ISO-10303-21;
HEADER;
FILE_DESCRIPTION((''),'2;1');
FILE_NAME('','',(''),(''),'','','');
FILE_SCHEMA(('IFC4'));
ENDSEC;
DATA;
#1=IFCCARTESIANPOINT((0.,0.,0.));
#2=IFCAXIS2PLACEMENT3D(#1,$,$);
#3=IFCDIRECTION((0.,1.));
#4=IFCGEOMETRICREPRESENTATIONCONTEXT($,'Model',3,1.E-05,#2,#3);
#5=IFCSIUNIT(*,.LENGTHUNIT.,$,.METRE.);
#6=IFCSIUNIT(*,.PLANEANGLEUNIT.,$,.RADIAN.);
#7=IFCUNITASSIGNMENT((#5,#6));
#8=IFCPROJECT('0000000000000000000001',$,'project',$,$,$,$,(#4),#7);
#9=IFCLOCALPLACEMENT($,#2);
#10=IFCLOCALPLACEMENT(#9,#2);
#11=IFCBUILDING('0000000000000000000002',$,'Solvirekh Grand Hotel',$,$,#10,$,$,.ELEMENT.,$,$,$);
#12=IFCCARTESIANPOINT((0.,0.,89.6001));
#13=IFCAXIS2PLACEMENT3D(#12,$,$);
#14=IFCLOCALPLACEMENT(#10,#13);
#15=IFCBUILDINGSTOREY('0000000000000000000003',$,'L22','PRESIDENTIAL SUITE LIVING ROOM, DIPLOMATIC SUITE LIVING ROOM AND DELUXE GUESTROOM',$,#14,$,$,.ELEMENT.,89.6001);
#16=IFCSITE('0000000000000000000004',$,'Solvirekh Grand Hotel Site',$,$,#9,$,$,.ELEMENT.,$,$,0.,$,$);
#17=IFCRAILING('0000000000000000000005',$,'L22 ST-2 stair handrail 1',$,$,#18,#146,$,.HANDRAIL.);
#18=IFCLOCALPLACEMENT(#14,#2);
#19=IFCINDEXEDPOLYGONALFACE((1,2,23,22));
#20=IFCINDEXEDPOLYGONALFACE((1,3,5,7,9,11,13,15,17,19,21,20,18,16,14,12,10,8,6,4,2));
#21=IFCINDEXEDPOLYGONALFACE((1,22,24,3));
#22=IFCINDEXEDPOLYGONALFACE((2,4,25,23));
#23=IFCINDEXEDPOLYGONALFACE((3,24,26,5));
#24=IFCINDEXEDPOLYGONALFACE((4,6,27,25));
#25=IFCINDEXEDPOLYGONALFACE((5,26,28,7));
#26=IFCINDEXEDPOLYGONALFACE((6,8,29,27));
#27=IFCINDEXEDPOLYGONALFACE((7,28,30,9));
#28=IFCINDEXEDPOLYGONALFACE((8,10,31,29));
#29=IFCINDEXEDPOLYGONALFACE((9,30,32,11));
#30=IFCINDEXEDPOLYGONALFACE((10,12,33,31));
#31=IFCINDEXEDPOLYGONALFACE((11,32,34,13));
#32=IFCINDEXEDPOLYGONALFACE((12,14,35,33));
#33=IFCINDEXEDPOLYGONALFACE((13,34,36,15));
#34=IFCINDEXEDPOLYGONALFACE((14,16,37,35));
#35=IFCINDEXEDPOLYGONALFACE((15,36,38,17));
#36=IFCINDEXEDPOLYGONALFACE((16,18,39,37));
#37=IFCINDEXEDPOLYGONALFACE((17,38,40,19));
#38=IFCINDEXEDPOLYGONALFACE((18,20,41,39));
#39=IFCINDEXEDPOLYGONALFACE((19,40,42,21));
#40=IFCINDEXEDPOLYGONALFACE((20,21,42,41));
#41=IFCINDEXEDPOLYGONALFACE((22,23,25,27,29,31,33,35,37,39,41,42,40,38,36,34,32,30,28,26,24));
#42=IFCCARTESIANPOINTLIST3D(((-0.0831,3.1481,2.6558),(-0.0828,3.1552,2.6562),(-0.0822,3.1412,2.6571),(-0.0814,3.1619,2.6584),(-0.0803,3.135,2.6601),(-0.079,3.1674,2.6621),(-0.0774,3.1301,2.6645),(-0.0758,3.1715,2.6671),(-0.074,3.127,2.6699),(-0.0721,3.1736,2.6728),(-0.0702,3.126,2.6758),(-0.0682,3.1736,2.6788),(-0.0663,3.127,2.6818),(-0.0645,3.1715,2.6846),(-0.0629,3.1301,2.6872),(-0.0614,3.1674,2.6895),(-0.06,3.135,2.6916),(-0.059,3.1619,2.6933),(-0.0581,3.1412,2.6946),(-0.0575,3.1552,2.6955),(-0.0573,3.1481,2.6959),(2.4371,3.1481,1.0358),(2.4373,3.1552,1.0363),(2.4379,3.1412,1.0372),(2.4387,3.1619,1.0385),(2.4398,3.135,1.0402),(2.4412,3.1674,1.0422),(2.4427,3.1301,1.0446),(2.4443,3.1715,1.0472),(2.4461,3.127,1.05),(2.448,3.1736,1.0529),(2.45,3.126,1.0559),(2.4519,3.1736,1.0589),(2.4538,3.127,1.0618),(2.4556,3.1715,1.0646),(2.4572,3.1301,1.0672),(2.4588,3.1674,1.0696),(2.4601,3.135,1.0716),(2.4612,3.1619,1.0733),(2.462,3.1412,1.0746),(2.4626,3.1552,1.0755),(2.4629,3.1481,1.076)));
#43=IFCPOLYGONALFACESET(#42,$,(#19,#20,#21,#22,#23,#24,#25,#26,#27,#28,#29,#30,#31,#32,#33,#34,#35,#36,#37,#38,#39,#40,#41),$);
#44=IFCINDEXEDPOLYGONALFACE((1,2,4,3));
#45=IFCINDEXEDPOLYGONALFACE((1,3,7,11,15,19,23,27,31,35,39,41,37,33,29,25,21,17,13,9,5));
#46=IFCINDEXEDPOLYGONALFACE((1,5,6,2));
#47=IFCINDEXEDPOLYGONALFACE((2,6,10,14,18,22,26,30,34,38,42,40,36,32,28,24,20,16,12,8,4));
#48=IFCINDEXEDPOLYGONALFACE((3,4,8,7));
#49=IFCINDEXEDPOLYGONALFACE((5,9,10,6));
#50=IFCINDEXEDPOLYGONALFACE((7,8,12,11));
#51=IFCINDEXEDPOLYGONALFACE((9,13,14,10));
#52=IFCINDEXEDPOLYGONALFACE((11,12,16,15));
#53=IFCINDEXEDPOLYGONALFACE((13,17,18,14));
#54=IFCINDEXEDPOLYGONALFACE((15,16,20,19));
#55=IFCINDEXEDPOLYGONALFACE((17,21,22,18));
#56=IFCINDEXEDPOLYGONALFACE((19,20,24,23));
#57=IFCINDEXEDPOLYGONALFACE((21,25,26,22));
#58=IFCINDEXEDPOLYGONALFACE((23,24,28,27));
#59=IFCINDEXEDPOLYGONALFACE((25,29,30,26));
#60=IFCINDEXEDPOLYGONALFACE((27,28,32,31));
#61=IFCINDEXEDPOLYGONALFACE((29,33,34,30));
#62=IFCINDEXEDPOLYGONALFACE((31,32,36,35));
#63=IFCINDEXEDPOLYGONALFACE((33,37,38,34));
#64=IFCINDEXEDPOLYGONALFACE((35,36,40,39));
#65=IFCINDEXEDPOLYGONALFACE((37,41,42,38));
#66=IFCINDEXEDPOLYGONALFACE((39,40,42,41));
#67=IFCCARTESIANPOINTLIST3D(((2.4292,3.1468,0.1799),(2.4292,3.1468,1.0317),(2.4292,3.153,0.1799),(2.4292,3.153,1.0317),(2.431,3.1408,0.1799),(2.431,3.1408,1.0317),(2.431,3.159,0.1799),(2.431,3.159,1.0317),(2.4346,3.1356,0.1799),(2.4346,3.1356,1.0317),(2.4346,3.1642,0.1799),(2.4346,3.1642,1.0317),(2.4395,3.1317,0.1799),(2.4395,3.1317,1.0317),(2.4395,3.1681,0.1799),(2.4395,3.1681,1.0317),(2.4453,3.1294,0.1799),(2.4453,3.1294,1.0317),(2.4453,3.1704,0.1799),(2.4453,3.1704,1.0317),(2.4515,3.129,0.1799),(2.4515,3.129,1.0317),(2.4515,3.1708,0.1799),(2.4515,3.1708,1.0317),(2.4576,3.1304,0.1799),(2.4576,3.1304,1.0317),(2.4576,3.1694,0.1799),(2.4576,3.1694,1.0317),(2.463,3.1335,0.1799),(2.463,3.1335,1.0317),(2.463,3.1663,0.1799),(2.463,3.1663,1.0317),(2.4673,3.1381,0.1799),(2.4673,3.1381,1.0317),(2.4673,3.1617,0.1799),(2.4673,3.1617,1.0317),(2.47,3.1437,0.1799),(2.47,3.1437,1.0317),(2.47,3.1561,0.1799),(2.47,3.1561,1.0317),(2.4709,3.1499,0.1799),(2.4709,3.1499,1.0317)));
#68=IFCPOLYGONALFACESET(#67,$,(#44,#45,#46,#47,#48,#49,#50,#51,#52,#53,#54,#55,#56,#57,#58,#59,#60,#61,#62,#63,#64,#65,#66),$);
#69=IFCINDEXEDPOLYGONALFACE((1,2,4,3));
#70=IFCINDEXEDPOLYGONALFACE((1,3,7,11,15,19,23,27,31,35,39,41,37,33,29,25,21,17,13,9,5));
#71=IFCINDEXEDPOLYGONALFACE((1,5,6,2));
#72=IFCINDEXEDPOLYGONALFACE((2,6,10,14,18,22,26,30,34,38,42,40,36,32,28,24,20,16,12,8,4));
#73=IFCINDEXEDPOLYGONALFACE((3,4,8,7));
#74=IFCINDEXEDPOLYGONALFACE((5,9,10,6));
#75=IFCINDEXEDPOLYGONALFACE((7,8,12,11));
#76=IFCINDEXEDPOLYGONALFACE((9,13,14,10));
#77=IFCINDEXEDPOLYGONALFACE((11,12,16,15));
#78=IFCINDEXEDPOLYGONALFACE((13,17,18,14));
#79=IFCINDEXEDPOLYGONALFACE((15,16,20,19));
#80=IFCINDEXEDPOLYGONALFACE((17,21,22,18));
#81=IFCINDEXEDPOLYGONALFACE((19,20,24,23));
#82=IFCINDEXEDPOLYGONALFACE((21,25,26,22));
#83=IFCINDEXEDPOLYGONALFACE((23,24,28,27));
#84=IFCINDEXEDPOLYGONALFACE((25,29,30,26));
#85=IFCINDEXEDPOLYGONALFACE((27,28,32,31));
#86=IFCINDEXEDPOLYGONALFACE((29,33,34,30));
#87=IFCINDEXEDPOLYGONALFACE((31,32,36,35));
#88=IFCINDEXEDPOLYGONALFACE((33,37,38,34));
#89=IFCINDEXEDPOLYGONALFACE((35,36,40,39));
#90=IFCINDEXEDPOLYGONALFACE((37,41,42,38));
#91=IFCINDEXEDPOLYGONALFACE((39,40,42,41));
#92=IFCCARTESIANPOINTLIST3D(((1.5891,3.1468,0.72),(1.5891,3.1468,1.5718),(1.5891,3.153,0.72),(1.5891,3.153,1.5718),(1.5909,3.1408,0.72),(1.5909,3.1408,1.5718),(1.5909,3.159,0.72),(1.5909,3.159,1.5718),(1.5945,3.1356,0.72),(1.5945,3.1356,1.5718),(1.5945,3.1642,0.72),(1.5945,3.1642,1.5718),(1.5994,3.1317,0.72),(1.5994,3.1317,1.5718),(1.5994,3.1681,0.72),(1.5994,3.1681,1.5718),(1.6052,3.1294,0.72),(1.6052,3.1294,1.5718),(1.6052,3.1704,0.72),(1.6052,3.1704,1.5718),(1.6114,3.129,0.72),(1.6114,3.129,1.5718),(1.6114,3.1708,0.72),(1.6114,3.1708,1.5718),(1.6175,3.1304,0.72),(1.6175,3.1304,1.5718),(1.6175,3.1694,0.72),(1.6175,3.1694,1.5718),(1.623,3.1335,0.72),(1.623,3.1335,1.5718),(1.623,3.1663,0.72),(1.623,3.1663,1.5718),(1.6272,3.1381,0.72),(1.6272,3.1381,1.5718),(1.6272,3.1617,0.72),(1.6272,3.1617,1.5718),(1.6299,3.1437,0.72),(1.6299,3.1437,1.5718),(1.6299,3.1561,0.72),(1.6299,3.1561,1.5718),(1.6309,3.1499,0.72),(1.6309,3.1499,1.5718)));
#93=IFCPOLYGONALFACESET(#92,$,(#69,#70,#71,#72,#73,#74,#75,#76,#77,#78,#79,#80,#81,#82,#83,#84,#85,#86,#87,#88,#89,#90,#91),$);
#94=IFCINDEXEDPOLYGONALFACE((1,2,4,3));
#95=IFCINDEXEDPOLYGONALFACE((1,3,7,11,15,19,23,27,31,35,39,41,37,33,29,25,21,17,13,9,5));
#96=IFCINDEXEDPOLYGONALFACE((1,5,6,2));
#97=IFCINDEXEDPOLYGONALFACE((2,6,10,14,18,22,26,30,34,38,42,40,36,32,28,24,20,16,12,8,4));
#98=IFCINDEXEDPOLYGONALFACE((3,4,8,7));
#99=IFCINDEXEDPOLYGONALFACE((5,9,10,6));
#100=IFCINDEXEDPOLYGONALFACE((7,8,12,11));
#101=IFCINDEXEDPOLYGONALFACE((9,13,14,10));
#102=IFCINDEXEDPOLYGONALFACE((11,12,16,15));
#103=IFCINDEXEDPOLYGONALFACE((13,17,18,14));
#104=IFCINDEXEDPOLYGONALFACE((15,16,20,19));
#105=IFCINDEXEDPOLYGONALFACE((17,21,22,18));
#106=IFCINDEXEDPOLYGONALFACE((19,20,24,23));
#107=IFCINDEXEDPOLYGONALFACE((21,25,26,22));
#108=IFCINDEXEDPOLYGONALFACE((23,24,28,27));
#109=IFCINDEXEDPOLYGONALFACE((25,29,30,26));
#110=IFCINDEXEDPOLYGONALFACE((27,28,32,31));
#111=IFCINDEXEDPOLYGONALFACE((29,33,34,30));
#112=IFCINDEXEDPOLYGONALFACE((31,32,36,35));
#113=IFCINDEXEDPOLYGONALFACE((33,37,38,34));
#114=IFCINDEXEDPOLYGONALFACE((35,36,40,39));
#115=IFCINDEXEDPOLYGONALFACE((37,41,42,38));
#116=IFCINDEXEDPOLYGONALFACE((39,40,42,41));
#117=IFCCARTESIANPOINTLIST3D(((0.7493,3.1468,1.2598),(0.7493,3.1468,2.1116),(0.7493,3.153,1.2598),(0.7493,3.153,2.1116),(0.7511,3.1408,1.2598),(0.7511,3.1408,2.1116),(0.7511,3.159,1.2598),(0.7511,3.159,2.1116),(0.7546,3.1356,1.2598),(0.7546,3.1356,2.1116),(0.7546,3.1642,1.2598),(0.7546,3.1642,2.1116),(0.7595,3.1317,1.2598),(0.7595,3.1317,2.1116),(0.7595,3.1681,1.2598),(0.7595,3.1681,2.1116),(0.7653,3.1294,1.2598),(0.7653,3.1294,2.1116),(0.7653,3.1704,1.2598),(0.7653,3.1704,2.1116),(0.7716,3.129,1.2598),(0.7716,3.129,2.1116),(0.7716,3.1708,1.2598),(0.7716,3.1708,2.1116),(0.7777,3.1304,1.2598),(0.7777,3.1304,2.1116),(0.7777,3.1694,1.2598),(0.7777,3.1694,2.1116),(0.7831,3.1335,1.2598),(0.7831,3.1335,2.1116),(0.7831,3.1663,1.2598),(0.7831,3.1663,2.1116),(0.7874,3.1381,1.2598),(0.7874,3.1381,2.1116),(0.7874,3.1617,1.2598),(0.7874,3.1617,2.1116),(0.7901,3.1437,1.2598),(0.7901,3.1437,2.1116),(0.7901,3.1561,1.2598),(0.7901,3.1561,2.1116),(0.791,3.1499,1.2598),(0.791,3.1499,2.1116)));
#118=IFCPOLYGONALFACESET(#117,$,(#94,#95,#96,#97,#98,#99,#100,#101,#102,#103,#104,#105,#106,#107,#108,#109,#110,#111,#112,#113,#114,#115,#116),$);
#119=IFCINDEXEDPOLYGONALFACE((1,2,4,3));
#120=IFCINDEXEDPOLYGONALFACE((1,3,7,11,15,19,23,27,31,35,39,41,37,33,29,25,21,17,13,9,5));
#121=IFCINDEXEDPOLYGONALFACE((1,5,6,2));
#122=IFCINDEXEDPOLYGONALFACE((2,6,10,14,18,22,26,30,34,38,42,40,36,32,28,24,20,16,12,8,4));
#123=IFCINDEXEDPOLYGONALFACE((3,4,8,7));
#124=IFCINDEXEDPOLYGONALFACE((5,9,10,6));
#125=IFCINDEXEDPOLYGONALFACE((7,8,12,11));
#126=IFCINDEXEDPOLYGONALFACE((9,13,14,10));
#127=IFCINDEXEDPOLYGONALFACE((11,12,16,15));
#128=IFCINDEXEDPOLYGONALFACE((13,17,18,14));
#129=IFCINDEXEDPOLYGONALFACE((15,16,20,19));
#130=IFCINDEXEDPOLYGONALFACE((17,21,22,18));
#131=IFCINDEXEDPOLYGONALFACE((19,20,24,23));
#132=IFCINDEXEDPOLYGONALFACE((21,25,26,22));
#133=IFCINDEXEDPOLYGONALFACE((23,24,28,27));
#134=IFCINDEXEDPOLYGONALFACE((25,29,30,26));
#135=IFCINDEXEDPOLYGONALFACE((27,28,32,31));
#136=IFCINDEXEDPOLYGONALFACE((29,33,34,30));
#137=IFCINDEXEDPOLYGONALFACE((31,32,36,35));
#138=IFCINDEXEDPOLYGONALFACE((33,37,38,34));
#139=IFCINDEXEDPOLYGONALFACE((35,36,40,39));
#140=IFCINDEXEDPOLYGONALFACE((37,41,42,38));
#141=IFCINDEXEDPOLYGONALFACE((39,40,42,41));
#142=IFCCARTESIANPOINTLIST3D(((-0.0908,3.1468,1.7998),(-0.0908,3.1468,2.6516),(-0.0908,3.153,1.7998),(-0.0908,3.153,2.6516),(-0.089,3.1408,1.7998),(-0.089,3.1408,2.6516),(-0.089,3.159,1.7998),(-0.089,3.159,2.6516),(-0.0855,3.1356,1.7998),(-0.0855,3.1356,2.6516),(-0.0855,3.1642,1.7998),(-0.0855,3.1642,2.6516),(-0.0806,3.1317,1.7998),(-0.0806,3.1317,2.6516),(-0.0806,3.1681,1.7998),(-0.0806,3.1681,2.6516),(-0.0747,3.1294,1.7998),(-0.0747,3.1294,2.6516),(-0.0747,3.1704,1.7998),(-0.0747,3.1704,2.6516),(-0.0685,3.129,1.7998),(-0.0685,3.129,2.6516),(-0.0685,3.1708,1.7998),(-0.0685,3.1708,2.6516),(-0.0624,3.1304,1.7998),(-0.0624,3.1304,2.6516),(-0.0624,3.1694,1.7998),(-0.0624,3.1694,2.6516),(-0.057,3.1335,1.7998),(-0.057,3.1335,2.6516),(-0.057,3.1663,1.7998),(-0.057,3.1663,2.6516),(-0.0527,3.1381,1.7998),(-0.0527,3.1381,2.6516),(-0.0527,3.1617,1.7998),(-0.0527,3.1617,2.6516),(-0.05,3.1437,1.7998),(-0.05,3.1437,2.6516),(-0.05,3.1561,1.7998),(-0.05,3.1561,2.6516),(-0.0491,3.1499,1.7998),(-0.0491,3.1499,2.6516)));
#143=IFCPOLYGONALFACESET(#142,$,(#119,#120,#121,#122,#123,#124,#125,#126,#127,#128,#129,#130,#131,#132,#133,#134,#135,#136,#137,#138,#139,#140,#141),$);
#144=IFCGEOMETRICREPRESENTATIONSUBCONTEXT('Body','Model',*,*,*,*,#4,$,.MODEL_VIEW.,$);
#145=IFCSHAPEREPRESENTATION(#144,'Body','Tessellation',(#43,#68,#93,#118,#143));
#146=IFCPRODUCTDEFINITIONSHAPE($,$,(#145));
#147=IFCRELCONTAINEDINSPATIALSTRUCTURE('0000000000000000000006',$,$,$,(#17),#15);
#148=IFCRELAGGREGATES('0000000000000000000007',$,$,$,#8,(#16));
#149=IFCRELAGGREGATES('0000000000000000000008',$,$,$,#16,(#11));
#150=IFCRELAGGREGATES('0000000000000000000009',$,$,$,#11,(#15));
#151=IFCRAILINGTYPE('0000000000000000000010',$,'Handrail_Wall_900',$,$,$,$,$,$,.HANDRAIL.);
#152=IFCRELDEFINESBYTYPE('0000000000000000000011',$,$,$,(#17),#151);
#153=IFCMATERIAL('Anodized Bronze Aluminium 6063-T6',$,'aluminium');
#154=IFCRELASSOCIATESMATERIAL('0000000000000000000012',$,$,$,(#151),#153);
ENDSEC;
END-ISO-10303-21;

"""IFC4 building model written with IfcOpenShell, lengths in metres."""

from ifc_helpers import new_model, si_unit, direction, frame, origin, origin_2d, place, context, subcontext, project, spatial, circle, extrude, material, type_object, element, save


model = new_model("IFC4")

# Units and contexts
model_context = context("Model", 3, precision=1e-05, world=origin(), true_north=direction((0.0, 1.0)))
body_context = subcontext(model_context, "Body", "Model", "MODEL_VIEW")
ifc_project = project(units=[si_unit("LENGTHUNIT", "METRE"), si_unit("PLANEANGLEUNIT", "RADIAN")], contexts=[model_context])

# Site, building, storey
site_placement = place(None, origin())
site = spatial("IfcSite", under=ifc_project, at=site_placement, Name="Solvirekh Grand Hotel Site", CompositionType="ELEMENT", RefElevation=0.0)
building_placement = place(site_placement, origin())
building = spatial("IfcBuilding", under=site, at=building_placement, Name="Solvirekh Grand Hotel", CompositionType="ELEMENT")
storey_placement = place(building_placement, frame((0.0, 0.0, 89.6001)))
storey = spatial("IfcBuildingStorey", under=building, at=storey_placement, Name="L22", Description="PRESIDENTIAL SUITE LIVING ROOM, DIPLOMATIC SUITE LIVING ROOM AND DELUXE GUESTROOM", CompositionType="ELEMENT", Elevation=89.6001)

# Railing
ifc_material_1 = material(Name="Anodized Bronze Aluminium 6063-T6", Category="aluminium")
railing_type_1 = type_object("IfcRailingType", Name="Handrail_Wall_900", PredefinedType="HANDRAIL", material=ifc_material_1)
railing_1_placement = place(storey_placement, frame((2.45, 3.1499, 0.1799)))
element("IfcRailing", 1, at=railing_1_placement, inside=storey, type_object=railing_type_1, Name="L22 ST-2 stair handrail 1", PredefinedType="HANDRAIL", context=body_context, shape_type="SweptSolid", body=[
    extrude(circle(Radius=0.0239, at=origin_2d()), frame((0.0, 0.0, 0.876), z_axis=(-0.8412, 0.0, 0.540725), x_axis=(0.0, -1.0, 0.0)), (0.0, 0.0, 1.0), 2.9958),
    extrude(circle(Radius=0.021, at=origin_2d()), origin(), (0.0, 0.0, 1.0), 0.8518),
    extrude(circle(Radius=0.021, at=origin_2d()), frame((-0.8401, 0.0, 0.54)), (0.0, 0.0, 1.0), 0.8518),
    extrude(circle(Radius=0.021, at=origin_2d()), frame((-1.6799, 0.0, 1.0798)), (0.0, 0.0, 1.0), 0.8518),
    extrude(circle(Radius=0.021, at=origin_2d()), frame((-2.52, 0.0, 1.6199)), (0.0, 0.0, 1.0), 0.8518),
])

save(model, "model.ifc")
